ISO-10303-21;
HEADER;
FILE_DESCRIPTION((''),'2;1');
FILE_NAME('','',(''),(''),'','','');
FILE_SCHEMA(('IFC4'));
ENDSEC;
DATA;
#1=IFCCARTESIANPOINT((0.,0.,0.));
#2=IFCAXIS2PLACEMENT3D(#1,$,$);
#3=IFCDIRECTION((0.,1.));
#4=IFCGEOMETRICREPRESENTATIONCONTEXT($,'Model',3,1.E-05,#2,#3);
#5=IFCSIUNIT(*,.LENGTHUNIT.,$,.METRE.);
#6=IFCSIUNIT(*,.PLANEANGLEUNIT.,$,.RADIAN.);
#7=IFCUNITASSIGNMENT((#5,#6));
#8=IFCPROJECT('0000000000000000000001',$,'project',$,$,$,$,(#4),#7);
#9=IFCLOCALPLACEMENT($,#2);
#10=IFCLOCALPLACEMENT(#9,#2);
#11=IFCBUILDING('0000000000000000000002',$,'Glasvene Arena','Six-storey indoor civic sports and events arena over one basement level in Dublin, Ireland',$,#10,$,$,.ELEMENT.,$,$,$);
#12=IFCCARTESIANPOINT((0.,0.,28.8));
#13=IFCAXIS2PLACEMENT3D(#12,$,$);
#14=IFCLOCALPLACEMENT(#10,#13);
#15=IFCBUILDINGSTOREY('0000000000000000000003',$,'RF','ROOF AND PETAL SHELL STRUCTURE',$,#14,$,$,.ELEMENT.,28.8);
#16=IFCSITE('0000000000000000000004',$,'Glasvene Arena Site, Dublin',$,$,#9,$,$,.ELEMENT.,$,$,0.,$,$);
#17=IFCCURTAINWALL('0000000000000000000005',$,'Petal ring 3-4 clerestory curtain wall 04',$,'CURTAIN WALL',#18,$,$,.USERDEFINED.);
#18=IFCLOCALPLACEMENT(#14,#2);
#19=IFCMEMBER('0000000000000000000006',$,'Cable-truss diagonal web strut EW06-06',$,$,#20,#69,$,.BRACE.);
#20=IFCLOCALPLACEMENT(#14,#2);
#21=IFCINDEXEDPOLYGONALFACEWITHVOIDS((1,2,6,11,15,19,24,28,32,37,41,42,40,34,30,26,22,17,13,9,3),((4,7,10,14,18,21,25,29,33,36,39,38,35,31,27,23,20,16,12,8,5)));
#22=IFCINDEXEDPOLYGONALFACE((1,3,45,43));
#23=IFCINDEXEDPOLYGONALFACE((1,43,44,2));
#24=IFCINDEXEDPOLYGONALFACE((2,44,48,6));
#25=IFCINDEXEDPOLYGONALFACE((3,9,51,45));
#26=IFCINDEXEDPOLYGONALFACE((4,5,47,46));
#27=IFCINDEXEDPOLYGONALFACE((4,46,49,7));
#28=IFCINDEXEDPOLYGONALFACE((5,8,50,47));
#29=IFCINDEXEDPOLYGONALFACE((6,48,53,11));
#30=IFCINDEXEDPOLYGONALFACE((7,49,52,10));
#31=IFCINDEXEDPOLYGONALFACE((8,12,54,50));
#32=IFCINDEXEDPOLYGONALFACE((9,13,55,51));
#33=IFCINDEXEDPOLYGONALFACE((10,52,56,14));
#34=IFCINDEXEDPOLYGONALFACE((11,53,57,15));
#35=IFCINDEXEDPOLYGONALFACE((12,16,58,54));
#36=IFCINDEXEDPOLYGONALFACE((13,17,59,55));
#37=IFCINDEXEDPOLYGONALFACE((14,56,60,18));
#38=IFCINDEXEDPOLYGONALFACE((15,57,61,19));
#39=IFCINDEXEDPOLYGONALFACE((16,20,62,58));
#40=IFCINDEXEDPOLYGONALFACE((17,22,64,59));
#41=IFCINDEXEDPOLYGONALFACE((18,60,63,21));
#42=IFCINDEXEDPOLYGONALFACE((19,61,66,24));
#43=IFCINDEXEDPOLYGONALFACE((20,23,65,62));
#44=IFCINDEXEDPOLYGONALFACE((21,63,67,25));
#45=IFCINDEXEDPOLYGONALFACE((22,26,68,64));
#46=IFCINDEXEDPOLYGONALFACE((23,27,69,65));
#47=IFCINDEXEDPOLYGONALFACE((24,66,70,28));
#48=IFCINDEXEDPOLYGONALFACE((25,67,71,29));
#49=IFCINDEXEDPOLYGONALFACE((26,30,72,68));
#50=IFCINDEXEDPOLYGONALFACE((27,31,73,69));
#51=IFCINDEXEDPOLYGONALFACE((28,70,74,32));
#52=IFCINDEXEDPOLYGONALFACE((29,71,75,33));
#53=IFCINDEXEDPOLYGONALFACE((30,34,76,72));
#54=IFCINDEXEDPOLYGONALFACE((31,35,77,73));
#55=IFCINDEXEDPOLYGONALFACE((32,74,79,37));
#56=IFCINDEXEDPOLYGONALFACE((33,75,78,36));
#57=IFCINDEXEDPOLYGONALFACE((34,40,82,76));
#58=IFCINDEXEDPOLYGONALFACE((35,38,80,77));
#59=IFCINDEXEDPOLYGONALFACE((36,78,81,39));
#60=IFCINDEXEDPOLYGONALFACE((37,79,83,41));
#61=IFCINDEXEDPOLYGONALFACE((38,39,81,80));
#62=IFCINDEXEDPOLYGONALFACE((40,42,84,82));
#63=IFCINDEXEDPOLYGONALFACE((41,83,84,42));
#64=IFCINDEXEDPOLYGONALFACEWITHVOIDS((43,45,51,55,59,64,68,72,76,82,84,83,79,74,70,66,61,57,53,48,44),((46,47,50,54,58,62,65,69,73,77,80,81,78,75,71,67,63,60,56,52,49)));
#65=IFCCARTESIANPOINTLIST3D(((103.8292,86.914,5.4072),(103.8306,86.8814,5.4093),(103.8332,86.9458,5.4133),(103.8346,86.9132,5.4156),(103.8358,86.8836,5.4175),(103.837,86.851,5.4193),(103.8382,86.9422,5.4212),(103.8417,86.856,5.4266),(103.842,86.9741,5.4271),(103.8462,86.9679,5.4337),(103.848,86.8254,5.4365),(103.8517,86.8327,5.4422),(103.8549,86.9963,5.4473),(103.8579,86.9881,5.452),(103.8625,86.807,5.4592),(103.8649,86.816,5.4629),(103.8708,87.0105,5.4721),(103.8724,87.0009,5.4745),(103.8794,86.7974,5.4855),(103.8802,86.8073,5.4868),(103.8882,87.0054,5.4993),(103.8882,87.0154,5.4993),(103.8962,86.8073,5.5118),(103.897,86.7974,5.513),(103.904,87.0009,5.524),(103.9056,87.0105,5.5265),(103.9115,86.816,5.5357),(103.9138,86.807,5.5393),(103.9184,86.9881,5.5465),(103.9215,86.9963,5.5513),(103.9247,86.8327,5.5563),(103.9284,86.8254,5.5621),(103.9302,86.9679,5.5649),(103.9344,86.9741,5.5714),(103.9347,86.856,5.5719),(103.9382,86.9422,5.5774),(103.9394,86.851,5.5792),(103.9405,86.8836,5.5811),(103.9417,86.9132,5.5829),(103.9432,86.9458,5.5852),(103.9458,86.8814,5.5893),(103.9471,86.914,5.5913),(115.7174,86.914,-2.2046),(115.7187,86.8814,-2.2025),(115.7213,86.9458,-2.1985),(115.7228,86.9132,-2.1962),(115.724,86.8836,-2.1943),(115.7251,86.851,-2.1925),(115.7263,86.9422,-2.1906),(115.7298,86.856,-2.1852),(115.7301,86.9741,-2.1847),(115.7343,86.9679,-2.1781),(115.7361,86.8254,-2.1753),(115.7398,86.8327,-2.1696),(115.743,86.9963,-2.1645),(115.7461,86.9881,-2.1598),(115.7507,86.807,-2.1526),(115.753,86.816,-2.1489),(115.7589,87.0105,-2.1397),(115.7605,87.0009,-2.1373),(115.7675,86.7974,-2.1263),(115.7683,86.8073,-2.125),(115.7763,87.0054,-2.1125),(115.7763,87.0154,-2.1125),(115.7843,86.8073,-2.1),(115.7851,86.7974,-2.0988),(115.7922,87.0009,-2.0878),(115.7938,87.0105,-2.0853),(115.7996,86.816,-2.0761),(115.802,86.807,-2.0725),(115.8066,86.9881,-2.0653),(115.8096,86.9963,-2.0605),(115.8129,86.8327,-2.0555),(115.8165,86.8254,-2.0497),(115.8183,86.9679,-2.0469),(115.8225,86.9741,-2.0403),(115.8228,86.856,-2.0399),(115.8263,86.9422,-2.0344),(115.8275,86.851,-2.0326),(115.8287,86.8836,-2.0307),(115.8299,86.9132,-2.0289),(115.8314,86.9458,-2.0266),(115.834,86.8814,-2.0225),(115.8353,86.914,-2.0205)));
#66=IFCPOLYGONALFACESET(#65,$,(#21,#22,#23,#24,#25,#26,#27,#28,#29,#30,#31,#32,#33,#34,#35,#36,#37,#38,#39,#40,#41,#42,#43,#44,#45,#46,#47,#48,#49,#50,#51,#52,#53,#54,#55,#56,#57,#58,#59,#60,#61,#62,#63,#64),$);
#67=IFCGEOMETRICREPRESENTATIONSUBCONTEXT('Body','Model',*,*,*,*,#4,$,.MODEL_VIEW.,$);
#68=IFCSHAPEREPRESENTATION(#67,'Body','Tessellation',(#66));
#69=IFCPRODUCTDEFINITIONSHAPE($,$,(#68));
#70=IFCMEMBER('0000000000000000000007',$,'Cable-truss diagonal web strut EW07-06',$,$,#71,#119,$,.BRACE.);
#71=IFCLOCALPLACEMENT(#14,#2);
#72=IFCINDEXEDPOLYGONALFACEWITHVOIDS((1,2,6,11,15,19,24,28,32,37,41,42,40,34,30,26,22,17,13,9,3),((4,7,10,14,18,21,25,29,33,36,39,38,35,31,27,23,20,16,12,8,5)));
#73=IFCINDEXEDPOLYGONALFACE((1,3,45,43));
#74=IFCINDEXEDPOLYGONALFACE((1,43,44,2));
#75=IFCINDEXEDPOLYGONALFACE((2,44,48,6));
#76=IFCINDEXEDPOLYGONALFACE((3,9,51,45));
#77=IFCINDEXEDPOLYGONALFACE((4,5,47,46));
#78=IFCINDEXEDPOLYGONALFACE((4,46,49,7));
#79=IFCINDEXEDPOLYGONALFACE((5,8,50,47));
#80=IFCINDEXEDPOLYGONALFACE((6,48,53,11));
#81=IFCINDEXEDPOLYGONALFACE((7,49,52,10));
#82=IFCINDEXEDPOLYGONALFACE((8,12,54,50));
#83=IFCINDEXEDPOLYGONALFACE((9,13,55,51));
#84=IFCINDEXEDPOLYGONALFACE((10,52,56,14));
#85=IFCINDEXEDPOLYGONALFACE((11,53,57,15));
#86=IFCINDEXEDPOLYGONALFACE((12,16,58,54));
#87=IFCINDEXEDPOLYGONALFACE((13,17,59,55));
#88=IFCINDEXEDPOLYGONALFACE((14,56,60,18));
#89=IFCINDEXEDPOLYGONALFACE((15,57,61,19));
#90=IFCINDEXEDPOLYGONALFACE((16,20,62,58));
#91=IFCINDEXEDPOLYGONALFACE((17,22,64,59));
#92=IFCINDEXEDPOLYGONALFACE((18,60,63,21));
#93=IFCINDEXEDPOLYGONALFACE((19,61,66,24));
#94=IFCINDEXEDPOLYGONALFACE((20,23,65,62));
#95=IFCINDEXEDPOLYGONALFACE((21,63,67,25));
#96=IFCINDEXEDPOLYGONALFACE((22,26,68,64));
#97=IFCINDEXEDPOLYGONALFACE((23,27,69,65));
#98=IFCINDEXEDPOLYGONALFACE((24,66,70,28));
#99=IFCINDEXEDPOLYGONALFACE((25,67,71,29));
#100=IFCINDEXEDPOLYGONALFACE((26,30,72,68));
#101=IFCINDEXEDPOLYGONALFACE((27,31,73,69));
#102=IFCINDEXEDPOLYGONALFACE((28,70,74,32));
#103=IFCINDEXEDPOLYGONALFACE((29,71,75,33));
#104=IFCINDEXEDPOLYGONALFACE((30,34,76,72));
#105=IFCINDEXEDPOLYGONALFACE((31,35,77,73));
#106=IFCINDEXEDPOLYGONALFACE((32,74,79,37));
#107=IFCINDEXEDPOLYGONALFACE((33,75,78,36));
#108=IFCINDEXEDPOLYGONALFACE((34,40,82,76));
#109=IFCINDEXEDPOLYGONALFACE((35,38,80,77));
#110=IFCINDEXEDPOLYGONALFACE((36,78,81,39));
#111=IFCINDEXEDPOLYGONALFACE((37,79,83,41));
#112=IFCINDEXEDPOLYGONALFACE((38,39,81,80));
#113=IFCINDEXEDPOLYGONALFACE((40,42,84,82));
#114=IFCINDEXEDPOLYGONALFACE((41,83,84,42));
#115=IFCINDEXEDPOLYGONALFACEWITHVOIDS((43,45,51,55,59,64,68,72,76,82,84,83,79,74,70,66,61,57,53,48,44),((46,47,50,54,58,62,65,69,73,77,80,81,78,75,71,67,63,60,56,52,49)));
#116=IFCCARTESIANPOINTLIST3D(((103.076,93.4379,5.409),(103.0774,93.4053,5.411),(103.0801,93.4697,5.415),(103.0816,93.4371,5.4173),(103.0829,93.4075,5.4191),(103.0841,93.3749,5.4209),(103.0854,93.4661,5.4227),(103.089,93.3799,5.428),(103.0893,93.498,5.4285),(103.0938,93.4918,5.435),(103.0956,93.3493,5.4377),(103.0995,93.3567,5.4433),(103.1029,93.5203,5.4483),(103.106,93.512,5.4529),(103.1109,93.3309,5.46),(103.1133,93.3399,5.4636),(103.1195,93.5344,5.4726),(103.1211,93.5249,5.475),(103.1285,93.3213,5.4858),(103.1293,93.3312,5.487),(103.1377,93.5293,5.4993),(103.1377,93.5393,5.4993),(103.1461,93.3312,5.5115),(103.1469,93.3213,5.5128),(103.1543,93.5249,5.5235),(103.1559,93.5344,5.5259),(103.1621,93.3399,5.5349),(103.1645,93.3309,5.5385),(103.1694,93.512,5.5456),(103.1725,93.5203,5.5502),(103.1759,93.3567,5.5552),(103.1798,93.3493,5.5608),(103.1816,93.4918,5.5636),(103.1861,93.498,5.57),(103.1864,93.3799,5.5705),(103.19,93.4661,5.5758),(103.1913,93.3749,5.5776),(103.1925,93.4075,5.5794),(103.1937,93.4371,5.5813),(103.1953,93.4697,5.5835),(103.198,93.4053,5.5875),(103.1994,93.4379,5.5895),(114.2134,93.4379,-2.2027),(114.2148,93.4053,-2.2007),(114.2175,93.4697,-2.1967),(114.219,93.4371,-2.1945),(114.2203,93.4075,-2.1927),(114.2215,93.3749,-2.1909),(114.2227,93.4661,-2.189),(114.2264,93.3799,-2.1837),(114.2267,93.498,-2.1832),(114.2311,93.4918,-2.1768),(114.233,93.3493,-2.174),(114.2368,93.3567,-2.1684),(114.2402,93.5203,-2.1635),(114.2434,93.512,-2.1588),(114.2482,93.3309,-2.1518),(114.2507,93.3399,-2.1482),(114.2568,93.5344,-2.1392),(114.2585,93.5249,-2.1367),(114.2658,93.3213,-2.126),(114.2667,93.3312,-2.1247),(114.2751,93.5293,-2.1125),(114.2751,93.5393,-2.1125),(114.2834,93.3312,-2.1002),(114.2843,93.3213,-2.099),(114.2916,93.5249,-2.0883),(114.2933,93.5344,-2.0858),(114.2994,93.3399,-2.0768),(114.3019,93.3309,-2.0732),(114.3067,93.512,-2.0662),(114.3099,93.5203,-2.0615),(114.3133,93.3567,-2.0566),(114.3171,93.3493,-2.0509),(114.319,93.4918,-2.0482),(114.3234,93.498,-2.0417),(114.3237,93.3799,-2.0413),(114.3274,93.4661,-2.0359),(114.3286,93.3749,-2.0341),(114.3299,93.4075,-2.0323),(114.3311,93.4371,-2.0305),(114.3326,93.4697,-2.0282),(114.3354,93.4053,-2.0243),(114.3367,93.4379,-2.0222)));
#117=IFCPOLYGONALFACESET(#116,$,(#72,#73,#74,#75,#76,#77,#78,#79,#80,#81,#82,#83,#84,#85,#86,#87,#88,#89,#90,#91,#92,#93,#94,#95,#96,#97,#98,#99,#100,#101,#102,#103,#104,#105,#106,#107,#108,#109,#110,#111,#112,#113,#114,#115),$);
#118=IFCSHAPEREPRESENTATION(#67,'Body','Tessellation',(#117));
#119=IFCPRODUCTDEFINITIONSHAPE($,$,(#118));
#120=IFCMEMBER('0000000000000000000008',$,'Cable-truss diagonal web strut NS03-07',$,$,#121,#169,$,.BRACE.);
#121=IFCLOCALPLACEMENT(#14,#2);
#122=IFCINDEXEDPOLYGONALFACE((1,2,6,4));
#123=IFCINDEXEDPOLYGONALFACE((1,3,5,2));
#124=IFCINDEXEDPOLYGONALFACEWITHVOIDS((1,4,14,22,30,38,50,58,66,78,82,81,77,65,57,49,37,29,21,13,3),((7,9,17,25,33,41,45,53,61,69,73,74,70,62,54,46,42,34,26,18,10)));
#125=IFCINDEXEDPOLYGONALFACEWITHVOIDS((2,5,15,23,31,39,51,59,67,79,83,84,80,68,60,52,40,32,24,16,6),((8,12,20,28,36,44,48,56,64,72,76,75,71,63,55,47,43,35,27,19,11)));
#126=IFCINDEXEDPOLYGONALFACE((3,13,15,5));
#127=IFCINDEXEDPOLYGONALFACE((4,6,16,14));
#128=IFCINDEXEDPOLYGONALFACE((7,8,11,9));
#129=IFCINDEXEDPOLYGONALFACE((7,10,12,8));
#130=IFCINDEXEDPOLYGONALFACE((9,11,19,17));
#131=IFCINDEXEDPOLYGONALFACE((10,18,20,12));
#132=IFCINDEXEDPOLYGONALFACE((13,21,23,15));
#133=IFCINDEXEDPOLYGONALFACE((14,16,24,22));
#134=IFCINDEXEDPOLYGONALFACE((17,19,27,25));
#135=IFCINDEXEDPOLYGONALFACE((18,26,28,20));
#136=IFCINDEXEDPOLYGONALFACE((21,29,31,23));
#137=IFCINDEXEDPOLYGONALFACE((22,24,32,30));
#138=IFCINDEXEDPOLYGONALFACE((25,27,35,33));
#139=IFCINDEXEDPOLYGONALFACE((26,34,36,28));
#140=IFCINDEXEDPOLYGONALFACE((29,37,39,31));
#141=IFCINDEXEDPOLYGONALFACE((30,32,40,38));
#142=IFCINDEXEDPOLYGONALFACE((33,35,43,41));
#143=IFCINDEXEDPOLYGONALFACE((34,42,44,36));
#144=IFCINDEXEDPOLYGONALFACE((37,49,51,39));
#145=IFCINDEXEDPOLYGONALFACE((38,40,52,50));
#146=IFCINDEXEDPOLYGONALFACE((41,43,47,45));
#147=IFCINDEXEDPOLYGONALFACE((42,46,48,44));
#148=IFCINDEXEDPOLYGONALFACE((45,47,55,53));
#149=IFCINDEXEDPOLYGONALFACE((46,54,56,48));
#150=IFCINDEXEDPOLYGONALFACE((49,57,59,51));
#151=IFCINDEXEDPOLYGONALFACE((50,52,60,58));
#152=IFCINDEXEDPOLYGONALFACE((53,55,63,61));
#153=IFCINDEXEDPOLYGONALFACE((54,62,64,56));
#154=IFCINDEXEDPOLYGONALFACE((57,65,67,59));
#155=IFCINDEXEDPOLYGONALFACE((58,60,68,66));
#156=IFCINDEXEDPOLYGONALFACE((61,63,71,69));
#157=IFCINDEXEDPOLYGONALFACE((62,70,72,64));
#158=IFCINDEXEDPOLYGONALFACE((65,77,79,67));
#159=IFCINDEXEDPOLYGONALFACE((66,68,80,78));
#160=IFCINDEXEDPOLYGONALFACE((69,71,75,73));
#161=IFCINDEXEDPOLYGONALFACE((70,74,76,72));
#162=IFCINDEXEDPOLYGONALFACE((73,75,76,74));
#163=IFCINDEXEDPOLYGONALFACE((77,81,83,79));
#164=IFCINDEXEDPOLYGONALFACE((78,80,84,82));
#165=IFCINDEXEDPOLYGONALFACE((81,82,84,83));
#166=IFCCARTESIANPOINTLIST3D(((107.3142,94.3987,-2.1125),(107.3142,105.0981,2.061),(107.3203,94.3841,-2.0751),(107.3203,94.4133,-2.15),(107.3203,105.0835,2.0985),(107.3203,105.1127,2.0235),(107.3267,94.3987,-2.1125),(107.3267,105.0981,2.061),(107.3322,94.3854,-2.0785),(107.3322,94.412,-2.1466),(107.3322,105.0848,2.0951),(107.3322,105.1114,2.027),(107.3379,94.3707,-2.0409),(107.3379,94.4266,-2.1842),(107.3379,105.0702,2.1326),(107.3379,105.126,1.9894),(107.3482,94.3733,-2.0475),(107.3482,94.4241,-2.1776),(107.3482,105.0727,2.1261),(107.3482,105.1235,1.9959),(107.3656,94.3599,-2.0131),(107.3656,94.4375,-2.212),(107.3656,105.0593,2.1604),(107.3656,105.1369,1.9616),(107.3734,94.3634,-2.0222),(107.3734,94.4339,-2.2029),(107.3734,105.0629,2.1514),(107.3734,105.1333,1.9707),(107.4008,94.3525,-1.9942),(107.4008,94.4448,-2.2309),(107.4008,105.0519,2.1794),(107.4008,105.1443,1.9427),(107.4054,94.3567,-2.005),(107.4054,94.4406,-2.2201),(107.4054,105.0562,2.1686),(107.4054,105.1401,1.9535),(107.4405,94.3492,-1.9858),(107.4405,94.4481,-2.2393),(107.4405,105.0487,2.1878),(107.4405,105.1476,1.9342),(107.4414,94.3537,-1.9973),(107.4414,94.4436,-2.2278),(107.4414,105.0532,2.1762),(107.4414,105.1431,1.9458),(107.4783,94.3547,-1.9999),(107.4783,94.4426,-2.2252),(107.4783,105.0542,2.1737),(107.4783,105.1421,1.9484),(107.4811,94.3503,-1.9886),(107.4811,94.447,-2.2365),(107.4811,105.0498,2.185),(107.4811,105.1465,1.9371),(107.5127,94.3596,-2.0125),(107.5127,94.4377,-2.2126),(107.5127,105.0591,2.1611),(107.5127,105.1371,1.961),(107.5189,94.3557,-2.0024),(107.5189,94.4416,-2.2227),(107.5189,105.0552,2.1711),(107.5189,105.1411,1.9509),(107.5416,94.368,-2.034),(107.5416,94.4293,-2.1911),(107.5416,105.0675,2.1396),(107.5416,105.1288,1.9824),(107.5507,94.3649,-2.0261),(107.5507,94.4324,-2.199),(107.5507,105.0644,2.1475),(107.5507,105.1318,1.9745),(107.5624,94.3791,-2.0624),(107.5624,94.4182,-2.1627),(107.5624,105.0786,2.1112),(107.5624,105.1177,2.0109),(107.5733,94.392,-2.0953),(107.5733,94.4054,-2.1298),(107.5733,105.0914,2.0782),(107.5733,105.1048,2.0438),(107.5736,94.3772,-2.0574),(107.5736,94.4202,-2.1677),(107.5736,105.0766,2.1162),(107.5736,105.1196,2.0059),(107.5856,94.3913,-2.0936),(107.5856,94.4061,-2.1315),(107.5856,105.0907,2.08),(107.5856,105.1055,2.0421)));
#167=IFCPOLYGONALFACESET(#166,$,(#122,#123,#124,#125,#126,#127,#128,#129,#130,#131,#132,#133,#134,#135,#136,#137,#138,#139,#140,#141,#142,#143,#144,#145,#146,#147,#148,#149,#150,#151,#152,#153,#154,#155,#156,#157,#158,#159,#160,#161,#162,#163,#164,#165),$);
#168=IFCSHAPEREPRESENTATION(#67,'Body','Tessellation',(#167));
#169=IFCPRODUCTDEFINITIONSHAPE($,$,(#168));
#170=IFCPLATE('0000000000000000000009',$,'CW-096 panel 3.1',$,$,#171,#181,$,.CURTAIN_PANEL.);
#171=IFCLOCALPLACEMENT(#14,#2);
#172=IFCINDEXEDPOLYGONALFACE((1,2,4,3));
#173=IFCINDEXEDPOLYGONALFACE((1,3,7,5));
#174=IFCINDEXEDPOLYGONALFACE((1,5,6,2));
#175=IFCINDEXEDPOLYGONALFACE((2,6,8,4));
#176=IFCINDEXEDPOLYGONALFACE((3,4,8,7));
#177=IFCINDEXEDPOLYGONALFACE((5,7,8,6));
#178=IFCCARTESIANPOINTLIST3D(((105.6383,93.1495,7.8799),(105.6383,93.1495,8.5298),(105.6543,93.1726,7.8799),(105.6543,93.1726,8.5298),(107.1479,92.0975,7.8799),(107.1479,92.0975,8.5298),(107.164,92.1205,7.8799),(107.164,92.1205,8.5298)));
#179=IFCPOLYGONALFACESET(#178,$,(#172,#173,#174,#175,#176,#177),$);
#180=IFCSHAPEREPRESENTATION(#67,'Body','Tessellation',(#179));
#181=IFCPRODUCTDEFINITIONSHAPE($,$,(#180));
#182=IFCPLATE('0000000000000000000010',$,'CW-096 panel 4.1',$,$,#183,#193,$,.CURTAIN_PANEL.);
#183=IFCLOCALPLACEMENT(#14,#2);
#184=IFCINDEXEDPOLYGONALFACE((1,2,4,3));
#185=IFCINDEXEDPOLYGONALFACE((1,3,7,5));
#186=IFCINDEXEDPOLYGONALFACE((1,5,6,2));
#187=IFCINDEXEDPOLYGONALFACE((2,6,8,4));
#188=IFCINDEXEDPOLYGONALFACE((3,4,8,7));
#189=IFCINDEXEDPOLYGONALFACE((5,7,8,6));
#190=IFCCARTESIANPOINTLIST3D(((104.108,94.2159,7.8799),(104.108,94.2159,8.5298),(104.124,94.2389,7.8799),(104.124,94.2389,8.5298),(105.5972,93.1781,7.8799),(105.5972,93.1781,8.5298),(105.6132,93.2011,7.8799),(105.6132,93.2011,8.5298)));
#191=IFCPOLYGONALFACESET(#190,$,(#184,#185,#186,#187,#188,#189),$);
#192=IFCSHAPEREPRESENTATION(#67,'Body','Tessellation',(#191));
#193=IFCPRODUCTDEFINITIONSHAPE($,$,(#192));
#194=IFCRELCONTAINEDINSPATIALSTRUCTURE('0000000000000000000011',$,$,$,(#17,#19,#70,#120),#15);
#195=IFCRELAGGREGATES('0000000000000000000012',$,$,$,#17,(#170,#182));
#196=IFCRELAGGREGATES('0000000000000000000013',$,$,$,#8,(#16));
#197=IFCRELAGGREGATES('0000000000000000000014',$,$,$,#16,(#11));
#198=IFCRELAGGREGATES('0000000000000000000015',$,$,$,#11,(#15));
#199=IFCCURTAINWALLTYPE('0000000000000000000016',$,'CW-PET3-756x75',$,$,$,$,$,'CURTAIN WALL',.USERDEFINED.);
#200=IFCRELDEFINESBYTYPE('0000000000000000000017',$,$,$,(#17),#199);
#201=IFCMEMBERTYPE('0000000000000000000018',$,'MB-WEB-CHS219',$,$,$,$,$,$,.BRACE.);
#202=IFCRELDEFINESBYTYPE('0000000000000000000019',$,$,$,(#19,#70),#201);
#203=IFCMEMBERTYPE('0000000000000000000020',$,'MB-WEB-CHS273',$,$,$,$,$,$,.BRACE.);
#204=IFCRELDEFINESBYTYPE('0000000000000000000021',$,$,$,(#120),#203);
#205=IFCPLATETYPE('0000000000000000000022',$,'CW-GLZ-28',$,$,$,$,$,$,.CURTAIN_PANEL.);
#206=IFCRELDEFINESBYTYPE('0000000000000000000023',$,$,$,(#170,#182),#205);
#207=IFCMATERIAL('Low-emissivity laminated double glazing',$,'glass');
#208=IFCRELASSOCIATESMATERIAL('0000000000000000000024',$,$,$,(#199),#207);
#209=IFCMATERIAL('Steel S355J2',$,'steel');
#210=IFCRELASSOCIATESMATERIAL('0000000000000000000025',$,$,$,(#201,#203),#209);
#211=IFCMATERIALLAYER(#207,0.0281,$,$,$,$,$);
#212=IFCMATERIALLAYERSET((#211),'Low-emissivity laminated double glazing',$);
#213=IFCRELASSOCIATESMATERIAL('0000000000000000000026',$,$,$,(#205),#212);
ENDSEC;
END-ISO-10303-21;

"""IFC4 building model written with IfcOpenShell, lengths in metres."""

from ifc_helpers import new_model, si_unit, direction, frame, origin, origin_2d, place, context, subcontext, project, spatial, rectangle, hollow_circle, extrude, material, layer, layer_set, material_profile, profile_set, type_object, element, aggregate, save


model = new_model("IFC4")

# Units and contexts
model_context = context("Model", 3, precision=1e-05, world=origin(), true_north=direction((0.0, 1.0)))
body_context = subcontext(model_context, "Body", "Model", "MODEL_VIEW")
ifc_project = project(units=[si_unit("LENGTHUNIT", "METRE"), si_unit("PLANEANGLEUNIT", "RADIAN")], contexts=[model_context])

# Site, building, storey
site_placement = place(None, origin())
site = spatial("IfcSite", under=ifc_project, at=site_placement, Name="Glasvene Arena Site, Dublin", CompositionType="ELEMENT", RefElevation=0.0)
building_placement = place(site_placement, origin())
building = spatial("IfcBuilding", under=site, at=building_placement, Name="Glasvene Arena", Description="Six-storey indoor civic sports and events arena over one basement level in Dublin, Ireland", CompositionType="ELEMENT")
storey_placement = place(building_placement, frame((0.0, 0.0, 28.8)))
storey = spatial("IfcBuildingStorey", under=building, at=storey_placement, Name="RF", Description="ROOF AND PETAL SHELL STRUCTURE", CompositionType="ELEMENT", Elevation=28.8)

# Curtain wall
ifc_material_1 = material(Name="Low-emissivity laminated double glazing", Category="glass")
curtain_wall_type_1 = type_object("IfcCurtainWallType", Name="CW-PET3-756x75", ElementType="CURTAIN WALL", PredefinedType="USERDEFINED", material=ifc_material_1)
curtain_wall_1_placement = place(storey_placement, frame((110.2778, 89.9333, 0.0)))
curtain_wall_1 = element("IfcCurtainWall", 1, at=curtain_wall_1_placement, inside=storey, type_object=curtain_wall_type_1, Name="Petal ring 3-4 clerestory curtain wall 04", ObjectType="CURTAIN WALL", PredefinedType="USERDEFINED")

# Members
ifc_material_2 = material(Name="Steel S355J2", Category="steel")
ifc_material_profile_1 = material_profile(ifc_material_2, hollow_circle(Radius=0.1096, WallThickness=0.01, at=origin_2d()), Name="CHS 219.1x10.0")
ifc_profile_set_1 = profile_set([ifc_material_profile_1], Name="Steel S355J2")
member_type_1 = type_object("IfcMemberType", Name="MB-WEB-CHS219", PredefinedType="BRACE", material=ifc_profile_set_1)
member_1_placement = place(storey_placement, frame((103.8882, 86.9058, 5.4993), z_axis=(0.842163, 0.0, -0.539223), x_axis=(0.0, 1.0, 0.0)))
element("IfcMember", 2, at=member_1_placement, inside=storey, type_object=member_type_1, Name="Cable-truss diagonal web strut EW06-06", PredefinedType="BRACE", context=body_context, shape_type="SweptSolid", body=[
    extrude(hollow_circle(Radius=0.1096, WallThickness=0.01, at=origin_2d()), origin(), (0.0, 0.0, 1.0), 14.1162),
])
member_2_placement = place(storey_placement, frame((103.1377, 93.4297, 5.4993), z_axis=(0.825602, 0.0, -0.564252), x_axis=(0.0, 1.0, 0.0)))
element("IfcMember", 3, at=member_2_placement, inside=storey, type_object=member_type_1, Name="Cable-truss diagonal web strut EW07-06", PredefinedType="BRACE", context=body_context, shape_type="SweptSolid", body=[
    extrude(hollow_circle(Radius=0.1096, WallThickness=0.01, at=origin_2d()), origin(), (0.0, 0.0, 1.0), 13.49),
])
ifc_material_profile_2 = material_profile(ifc_material_2, hollow_circle(Radius=0.1365, WallThickness=0.0125, at=origin_2d()), Name="CHS 273.0x12.5")
ifc_profile_set_2 = profile_set([ifc_material_profile_2], Name="Steel S355J2")
member_type_2 = type_object("IfcMemberType", Name="MB-WEB-CHS273", PredefinedType="BRACE", material=ifc_profile_set_2)
member_3_placement = place(storey_placement, frame((107.4507, 94.3987, -2.1125), z_axis=(0.0, 0.931631, 0.363405), x_axis=(-1.0, 0.0, 0.0)))
element("IfcMember", 4, at=member_3_placement, inside=storey, type_object=member_type_2, Name="Cable-truss diagonal web strut NS03-07", PredefinedType="BRACE", context=body_context, shape_type="SweptSolid", body=[
    extrude(hollow_circle(Radius=0.1365, WallThickness=0.0125, at=origin_2d()), origin(), (0.0, 0.0, 1.0), 11.4846),
])

# Plates
ifc_layer_1 = layer(ifc_material_1, 0.0281)
ifc_layer_set_1 = layer_set([ifc_layer_1], Name="Low-emissivity laminated double glazing")
plate_type_1 = type_object("IfcPlateType", Name="CW-GLZ-28", PredefinedType="CURTAIN_PANEL", material=ifc_layer_set_1)
plate_1_placement = place(storey_placement, frame((106.4011, 92.635, 7.8799), z_axis=(0.0, 0.0, 1.0), x_axis=(-0.820433, 0.571742, 0.0)))
plate_1 = element("IfcPlate", 5, at=plate_1_placement, type_object=plate_type_1, Name="CW-096 panel 3.1", PredefinedType="CURTAIN_PANEL", context=body_context, shape_type="SweptSolid", body=[
    extrude(rectangle(XDim=1.8401, YDim=0.0281, at=origin_2d()), origin(), (0.0, 0.0, 1.0), 0.6499),
])
plate_2_placement = place(storey_placement, frame((104.8606, 93.7085, 7.8799), z_axis=(0.0, 0.0, 1.0), x_axis=(-0.820433, 0.571742, 0.0)))
plate_2 = element("IfcPlate", 6, at=plate_2_placement, type_object=plate_type_1, Name="CW-096 panel 4.1", PredefinedType="CURTAIN_PANEL", context=body_context, shape_type="SweptSolid", body=[
    extrude(rectangle(XDim=1.8152, YDim=0.0281, at=origin_2d()), origin(), (0.0, 0.0, 1.0), 0.6499),
])
aggregate(curtain_wall_1, [plate_1, plate_2])

save(model, "model.ifc")
